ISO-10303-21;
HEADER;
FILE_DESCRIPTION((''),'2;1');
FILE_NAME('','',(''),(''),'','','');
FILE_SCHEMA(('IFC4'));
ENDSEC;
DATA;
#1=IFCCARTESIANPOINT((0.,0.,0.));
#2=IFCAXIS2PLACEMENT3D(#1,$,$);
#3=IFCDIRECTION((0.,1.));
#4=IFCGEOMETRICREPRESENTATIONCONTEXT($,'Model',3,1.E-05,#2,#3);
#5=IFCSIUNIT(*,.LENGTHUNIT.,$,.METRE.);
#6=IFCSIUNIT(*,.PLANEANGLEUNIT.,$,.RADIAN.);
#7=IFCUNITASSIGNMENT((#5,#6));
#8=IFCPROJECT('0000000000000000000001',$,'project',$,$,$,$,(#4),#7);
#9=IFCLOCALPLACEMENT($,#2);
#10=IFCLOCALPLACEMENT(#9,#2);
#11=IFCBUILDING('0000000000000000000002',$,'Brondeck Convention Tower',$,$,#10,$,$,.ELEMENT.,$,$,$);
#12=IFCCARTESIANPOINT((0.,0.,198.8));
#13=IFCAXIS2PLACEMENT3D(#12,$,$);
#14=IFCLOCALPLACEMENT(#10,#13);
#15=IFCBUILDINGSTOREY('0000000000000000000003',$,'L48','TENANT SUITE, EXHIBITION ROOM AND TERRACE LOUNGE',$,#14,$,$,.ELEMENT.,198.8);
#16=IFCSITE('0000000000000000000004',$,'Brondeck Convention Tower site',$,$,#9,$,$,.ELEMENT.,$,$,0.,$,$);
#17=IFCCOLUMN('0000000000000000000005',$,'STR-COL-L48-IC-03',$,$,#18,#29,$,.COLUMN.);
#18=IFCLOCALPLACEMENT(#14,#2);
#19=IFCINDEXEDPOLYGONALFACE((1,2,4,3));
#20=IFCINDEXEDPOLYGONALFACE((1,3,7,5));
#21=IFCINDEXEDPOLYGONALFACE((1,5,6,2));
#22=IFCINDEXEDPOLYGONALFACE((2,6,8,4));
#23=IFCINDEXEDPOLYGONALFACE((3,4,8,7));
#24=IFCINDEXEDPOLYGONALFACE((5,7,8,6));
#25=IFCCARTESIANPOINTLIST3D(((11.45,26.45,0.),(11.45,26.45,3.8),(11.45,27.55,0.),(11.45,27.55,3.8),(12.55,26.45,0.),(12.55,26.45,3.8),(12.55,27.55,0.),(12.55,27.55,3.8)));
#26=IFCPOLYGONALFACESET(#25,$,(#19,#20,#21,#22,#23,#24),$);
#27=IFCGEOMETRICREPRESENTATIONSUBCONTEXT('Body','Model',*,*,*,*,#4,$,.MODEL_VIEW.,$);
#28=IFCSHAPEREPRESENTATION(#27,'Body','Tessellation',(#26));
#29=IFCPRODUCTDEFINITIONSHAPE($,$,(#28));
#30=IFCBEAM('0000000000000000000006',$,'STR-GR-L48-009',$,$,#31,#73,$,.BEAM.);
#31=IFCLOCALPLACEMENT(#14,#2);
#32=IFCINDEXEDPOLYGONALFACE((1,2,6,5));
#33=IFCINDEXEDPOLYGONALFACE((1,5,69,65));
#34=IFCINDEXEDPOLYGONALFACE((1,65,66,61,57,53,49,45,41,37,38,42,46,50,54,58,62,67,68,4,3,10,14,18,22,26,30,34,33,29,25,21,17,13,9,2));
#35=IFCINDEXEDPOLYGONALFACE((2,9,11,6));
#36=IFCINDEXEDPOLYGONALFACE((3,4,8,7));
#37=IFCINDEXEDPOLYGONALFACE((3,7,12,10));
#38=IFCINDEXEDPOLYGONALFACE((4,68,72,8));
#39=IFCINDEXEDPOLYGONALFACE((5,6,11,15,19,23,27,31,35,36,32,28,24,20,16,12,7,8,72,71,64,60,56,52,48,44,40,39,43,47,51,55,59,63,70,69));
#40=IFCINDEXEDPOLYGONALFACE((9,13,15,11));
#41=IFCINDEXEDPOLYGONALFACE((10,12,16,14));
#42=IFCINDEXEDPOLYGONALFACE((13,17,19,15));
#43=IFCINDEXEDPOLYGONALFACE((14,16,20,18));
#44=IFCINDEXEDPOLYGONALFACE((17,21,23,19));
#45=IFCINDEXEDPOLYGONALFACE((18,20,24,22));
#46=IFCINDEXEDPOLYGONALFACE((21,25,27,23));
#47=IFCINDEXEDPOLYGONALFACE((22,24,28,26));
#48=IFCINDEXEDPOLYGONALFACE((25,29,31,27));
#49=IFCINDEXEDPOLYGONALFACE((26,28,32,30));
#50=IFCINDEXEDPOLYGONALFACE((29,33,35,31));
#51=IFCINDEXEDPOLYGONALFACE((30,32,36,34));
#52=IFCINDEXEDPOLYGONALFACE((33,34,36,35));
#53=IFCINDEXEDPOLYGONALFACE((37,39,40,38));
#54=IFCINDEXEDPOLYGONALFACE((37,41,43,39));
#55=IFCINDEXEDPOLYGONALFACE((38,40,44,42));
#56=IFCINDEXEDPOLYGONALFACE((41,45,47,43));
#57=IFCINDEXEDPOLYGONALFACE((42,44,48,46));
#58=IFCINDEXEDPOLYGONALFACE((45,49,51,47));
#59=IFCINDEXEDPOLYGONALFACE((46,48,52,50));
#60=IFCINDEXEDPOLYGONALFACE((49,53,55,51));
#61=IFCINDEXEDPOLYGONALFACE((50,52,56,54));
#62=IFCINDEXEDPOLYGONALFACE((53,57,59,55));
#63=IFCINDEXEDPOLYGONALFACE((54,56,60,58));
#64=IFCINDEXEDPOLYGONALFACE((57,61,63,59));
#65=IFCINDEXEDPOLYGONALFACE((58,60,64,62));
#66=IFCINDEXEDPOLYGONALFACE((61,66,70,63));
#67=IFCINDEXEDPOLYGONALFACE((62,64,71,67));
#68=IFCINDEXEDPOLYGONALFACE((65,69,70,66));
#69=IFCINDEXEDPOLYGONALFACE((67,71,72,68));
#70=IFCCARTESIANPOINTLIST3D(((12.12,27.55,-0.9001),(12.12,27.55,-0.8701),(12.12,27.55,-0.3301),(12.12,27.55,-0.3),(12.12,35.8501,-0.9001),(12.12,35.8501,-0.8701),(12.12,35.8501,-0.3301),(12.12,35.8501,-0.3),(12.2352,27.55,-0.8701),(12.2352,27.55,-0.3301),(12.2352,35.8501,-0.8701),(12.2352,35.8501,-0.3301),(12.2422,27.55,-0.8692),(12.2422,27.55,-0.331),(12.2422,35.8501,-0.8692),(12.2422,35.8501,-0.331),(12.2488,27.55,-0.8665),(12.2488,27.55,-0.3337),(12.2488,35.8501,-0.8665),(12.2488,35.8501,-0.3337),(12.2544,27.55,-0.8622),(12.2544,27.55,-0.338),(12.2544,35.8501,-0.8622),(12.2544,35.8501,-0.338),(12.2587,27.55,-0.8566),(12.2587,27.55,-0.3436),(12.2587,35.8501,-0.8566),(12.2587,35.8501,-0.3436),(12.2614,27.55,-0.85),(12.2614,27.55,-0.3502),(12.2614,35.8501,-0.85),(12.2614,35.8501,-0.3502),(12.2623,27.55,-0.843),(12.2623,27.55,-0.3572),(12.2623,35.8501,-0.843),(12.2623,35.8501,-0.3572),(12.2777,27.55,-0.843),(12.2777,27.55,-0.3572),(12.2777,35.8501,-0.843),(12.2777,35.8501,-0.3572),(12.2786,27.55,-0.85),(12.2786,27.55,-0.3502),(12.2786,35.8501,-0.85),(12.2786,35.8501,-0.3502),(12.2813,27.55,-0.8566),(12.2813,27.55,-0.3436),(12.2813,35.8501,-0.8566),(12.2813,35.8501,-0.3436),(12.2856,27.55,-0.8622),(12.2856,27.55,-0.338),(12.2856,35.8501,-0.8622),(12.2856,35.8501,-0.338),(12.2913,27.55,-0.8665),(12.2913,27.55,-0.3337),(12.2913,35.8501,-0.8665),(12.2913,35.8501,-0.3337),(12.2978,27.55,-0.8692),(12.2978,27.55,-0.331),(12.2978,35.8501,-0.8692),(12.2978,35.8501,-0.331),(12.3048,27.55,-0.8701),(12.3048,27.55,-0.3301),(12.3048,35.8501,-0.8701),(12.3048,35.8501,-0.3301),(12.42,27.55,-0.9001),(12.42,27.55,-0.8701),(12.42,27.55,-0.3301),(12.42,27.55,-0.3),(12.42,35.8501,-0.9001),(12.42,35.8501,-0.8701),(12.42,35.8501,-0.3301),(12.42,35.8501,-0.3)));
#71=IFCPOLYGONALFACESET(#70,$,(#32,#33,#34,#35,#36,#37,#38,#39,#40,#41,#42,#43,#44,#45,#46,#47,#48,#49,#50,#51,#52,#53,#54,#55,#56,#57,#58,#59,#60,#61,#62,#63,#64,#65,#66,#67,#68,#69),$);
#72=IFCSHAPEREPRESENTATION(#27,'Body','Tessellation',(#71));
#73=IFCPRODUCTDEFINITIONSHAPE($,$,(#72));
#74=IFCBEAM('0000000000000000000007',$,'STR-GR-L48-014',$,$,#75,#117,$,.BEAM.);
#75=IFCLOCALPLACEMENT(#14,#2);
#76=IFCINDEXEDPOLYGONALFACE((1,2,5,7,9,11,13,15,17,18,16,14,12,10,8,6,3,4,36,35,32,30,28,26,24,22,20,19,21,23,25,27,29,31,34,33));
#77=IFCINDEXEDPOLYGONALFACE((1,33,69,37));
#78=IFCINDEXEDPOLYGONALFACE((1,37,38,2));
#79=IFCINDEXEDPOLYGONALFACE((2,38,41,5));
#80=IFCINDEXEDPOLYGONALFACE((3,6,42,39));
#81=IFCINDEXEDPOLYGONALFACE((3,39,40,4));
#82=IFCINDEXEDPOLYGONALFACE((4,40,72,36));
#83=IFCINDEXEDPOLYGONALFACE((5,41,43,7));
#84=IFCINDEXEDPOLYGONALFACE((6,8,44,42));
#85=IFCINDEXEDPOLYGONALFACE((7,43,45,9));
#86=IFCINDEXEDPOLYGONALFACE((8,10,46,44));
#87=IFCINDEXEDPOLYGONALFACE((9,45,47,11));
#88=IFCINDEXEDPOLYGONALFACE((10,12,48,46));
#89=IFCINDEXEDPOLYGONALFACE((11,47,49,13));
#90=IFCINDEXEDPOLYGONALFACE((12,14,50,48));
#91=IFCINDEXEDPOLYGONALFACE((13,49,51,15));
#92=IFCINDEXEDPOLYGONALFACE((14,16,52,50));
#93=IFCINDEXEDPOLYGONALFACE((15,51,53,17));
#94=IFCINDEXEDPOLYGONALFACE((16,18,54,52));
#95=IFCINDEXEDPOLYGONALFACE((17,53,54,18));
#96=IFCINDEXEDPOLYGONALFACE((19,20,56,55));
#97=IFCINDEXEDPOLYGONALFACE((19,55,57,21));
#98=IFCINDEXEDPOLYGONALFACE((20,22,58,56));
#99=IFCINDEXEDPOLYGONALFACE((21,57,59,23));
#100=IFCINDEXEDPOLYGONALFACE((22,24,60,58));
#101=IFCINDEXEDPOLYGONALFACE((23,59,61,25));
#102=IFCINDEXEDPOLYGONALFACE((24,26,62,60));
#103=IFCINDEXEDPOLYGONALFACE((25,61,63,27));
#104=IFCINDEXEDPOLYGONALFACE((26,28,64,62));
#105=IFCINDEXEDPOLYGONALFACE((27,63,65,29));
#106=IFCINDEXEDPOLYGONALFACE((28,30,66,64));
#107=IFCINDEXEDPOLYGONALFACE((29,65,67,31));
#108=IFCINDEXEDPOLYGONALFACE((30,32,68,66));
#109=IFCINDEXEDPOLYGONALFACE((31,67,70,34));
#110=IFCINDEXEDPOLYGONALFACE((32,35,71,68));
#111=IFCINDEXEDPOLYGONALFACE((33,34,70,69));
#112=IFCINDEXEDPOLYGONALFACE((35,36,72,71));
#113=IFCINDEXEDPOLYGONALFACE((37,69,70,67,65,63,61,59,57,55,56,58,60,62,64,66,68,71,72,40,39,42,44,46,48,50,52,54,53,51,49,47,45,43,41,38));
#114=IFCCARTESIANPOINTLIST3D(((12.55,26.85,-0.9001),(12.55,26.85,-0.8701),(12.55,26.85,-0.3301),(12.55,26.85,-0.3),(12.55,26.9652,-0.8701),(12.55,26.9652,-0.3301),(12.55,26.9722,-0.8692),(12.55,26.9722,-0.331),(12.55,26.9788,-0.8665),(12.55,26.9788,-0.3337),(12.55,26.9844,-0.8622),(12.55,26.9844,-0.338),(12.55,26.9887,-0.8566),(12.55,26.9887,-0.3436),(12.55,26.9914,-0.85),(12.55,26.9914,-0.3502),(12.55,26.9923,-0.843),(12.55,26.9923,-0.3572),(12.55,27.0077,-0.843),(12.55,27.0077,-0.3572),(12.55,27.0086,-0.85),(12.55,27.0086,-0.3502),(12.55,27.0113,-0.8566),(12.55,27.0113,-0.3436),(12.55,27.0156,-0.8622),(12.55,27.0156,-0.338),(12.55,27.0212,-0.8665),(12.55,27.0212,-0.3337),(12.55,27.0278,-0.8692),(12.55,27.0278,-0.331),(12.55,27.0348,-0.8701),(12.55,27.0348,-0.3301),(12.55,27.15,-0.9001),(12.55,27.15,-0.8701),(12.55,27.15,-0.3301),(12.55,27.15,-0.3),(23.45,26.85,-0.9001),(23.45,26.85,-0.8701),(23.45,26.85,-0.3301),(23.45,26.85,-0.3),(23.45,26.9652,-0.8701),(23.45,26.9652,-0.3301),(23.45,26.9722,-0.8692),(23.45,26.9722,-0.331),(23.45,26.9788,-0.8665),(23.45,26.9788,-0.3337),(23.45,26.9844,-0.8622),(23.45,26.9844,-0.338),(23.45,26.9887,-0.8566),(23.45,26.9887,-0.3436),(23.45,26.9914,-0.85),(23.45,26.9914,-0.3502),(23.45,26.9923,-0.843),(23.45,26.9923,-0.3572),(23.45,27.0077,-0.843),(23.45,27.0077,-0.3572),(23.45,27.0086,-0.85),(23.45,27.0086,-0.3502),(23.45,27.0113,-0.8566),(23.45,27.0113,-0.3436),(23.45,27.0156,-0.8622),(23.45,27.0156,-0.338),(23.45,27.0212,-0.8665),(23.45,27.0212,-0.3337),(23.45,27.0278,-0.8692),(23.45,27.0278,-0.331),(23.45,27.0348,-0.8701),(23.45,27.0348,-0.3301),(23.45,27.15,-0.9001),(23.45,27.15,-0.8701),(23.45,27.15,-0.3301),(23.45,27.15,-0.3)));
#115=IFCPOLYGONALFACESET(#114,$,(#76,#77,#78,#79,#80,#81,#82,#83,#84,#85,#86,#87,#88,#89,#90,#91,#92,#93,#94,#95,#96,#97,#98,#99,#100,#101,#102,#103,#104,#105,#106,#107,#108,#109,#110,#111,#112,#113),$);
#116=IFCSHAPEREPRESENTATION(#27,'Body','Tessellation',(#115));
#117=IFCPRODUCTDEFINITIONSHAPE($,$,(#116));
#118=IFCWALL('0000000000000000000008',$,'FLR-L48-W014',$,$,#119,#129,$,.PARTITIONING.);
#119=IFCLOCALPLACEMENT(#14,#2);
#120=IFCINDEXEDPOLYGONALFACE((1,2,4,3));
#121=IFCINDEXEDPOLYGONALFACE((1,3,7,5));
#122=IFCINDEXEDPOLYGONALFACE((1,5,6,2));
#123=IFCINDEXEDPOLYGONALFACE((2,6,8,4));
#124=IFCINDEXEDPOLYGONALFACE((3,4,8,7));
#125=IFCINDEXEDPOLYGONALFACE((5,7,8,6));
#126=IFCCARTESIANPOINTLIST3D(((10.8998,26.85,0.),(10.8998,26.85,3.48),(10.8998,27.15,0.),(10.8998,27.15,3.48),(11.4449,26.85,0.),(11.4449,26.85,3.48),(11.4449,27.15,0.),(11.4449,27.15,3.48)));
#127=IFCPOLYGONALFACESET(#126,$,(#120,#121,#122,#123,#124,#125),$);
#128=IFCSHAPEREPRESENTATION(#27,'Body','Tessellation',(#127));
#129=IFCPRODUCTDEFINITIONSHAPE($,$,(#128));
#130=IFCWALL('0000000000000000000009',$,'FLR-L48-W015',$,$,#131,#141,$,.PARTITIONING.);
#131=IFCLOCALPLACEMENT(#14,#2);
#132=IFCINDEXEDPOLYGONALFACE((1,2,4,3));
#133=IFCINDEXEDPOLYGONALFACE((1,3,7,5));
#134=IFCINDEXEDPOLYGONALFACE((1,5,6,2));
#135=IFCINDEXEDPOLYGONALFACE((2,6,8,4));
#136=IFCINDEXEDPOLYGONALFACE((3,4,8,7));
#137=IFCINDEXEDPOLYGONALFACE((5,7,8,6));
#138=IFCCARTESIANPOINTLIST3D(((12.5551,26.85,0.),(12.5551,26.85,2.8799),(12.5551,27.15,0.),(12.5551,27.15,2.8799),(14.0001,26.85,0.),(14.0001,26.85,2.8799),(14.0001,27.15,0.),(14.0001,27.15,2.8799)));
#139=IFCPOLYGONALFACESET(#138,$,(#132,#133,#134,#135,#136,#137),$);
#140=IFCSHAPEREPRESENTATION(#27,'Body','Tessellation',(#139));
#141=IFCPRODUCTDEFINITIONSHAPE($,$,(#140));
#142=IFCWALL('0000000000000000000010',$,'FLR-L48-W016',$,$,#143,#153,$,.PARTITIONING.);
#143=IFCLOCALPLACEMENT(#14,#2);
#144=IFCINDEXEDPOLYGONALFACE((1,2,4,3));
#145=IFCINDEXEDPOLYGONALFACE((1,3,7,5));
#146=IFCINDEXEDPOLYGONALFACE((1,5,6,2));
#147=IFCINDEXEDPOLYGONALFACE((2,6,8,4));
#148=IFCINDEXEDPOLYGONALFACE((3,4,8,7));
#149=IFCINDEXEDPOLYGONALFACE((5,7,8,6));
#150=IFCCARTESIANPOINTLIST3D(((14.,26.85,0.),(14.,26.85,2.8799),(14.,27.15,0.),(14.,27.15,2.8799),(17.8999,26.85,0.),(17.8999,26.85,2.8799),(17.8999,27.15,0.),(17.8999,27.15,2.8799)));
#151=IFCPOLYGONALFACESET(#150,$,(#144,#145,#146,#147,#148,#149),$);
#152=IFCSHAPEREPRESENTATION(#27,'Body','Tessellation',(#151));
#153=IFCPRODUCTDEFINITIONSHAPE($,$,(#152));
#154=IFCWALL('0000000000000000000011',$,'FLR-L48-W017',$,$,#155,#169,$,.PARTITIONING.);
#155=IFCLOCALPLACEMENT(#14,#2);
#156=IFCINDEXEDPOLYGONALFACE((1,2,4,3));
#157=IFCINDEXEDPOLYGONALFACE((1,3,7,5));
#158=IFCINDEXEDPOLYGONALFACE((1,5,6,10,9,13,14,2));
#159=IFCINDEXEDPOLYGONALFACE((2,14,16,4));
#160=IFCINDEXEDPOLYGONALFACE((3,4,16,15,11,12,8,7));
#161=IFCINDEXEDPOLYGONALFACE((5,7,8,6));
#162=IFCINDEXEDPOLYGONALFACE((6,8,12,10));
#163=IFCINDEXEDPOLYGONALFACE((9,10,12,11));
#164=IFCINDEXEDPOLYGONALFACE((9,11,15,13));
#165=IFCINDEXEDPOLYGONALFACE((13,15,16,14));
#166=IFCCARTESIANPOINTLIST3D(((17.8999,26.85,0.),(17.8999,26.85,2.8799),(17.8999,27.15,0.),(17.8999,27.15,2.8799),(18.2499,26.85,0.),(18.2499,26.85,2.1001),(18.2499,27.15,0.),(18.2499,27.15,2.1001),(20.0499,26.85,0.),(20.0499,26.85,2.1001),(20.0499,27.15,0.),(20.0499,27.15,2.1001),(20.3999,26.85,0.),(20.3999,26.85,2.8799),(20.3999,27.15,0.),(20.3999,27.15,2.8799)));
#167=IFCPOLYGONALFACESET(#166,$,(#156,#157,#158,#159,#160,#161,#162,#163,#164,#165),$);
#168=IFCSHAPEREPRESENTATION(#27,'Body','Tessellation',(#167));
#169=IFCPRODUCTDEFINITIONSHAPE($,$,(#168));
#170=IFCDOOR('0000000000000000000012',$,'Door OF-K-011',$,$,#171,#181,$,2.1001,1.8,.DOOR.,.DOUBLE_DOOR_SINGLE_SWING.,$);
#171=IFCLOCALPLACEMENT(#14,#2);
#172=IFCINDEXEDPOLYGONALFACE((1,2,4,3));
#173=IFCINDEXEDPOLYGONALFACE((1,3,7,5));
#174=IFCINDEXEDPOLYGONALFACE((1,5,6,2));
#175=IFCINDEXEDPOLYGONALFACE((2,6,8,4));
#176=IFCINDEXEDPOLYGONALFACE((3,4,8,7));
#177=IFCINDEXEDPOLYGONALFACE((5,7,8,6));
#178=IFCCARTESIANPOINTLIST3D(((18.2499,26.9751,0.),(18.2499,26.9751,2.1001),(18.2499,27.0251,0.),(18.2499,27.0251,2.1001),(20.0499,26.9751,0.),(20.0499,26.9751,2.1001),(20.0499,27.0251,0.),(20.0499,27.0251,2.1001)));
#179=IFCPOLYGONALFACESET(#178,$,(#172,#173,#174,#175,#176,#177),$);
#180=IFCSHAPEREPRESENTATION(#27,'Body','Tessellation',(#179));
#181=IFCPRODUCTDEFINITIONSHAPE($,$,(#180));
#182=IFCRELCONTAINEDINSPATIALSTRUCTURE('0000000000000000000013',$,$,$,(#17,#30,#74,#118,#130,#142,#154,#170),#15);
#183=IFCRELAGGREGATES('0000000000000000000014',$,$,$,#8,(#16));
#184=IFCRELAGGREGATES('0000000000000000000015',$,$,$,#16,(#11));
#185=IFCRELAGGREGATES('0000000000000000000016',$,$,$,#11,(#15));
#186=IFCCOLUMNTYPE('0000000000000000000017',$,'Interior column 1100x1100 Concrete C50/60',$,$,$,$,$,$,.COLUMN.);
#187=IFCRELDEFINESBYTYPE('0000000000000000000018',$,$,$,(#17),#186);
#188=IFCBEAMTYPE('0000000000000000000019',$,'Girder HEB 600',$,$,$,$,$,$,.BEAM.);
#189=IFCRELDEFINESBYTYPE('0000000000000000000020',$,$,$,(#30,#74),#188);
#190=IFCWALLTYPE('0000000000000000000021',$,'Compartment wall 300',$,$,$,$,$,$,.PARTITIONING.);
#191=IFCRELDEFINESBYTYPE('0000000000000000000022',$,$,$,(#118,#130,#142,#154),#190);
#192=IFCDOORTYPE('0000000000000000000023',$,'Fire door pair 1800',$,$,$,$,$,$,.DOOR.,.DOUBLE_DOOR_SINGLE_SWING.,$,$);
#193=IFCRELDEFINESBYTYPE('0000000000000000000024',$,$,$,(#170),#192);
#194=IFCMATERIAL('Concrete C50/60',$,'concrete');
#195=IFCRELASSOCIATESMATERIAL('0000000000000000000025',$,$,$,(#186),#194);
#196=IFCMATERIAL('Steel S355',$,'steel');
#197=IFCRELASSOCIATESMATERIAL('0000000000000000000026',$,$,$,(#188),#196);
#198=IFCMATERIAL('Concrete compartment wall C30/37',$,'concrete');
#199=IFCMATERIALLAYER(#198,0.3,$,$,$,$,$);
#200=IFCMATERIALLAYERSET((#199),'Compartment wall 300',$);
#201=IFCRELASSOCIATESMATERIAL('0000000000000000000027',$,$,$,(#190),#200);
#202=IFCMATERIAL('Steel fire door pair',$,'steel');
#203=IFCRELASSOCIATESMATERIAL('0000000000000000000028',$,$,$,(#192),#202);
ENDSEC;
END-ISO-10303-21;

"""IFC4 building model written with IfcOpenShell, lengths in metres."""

from ifc_helpers import new_model, si_unit, direction, frame, frame_2d, origin, origin_2d, place, context, subcontext, project, spatial, rectangle, i_section, extrude, material, layer, layer_set, material_profile, profile_set, type_object, element, fill, save


model = new_model("IFC4")

# Units and contexts
model_context = context("Model", 3, precision=1e-05, world=origin(), true_north=direction((0.0, 1.0)))
body_context = subcontext(model_context, "Body", "Model", "MODEL_VIEW")
ifc_project = project(units=[si_unit("LENGTHUNIT", "METRE"), si_unit("PLANEANGLEUNIT", "RADIAN")], contexts=[model_context])

# Site, building, storey
site_placement = place(None, origin())
site = spatial("IfcSite", under=ifc_project, at=site_placement, Name="Brondeck Convention Tower site", CompositionType="ELEMENT", RefElevation=0.0)
building_placement = place(site_placement, origin())
building = spatial("IfcBuilding", under=site, at=building_placement, Name="Brondeck Convention Tower", CompositionType="ELEMENT")
storey_placement = place(building_placement, frame((0.0, 0.0, 198.8)))
storey = spatial("IfcBuildingStorey", under=building, at=storey_placement, Name="L48", Description="TENANT SUITE, EXHIBITION ROOM AND TERRACE LOUNGE", CompositionType="ELEMENT", Elevation=198.8)

# Column
ifc_material_1 = material(Name="Concrete C50/60", Category="concrete")
ifc_material_profile_1 = material_profile(ifc_material_1, rectangle(XDim=1.1001, YDim=1.1001, at=origin_2d()), Name="Interior column 1100x1100 Concrete C50/60")
ifc_profile_set_1 = profile_set([ifc_material_profile_1], Name="Concrete C50/60")
column_type = type_object("IfcColumnType", Name="Interior column 1100x1100 Concrete C50/60", PredefinedType="COLUMN", material=ifc_profile_set_1)
column_placement = place(storey_placement, frame((12.0, 27.0, 0.0), z_axis=(0.0, 0.0, 1.0), x_axis=(1.0, 0.0, 0.0)))
element("IfcColumn", 1, at=column_placement, inside=storey, type_object=column_type, Name="STR-COL-L48-IC-03", PredefinedType="COLUMN", context=body_context, shape_type="SweptSolid", body=[
    extrude(rectangle(XDim=1.1001, YDim=1.1001, at=origin_2d()), origin(), (0.0, 0.0, 1.0), 3.8),
])

# Beams
ifc_material_2 = material(Name="Steel S355", Category="steel")
ifc_material_profile_2 = material_profile(ifc_material_2, i_section(OverallWidth=0.3, OverallDepth=0.6001, WebThickness=0.0154, FlangeThickness=0.03, FilletRadius=0.0271, at=origin_2d()), Name="HEB 600")
ifc_profile_set_2 = profile_set([ifc_material_profile_2], Name="Steel S355")
beam_type = type_object("IfcBeamType", Name="Girder HEB 600", PredefinedType="BEAM", material=ifc_profile_set_2)
beam_1_placement = place(storey_placement, frame((12.27, 35.8501, -0.6001), z_axis=(0.0, -1.0, 0.0), x_axis=(1.0, 0.0, 0.0)))
element("IfcBeam", 2, at=beam_1_placement, inside=storey, type_object=beam_type, Name="STR-GR-L48-009", PredefinedType="BEAM", context=body_context, shape_type="SweptSolid", body=[
    extrude(i_section(OverallWidth=0.3, OverallDepth=0.6001, WebThickness=0.0154, FlangeThickness=0.03, FilletRadius=0.0271, at=origin_2d()), origin(), (0.0, 0.0, 1.0), 8.3),
])
beam_2_placement = place(storey_placement, frame((12.55, 27.0, -0.6001), z_axis=(1.0, 0.0, 0.0), x_axis=(0.0, 1.0, 0.0)))
element("IfcBeam", 3, at=beam_2_placement, inside=storey, type_object=beam_type, Name="STR-GR-L48-014", PredefinedType="BEAM", context=body_context, shape_type="SweptSolid", body=[
    extrude(i_section(OverallWidth=0.3, OverallDepth=0.6001, WebThickness=0.0154, FlangeThickness=0.03, FilletRadius=0.0271, at=origin_2d()), origin(), (0.0, 0.0, 1.0), 10.8999),
])

# Walls
ifc_material_3 = material(Name="Concrete compartment wall C30/37", Category="concrete")
ifc_layer_1 = layer(ifc_material_3, 0.3)
ifc_layer_set_1 = layer_set([ifc_layer_1], Name="Compartment wall 300")
wall_type_1 = type_object("IfcWallType", Name="Compartment wall 300", PredefinedType="PARTITIONING", material=ifc_layer_set_1)
wall_1_placement = place(storey_placement, frame((10.8999, 27.0, 0.0), z_axis=(0.0, 0.0, 1.0), x_axis=(1.0, 0.0, 0.0)))
element("IfcWall", 4, at=wall_1_placement, inside=storey, type_object=wall_type_1, Name="FLR-L48-W014", PredefinedType="PARTITIONING", context=body_context, shape_type="SweptSolid", body=[
    extrude(rectangle(XDim=0.5452, YDim=0.3, at=frame_2d((0.2725, 0.0))), origin(), (0.0, 0.0, 1.0), 3.48),
])
wall_2_placement = place(storey_placement, frame((12.5549, 27.0, 0.0), z_axis=(0.0, 0.0, 1.0), x_axis=(1.0, 0.0, 0.0)))
element("IfcWall", 5, at=wall_2_placement, inside=storey, type_object=wall_type_1, Name="FLR-L48-W015", PredefinedType="PARTITIONING", context=body_context, shape_type="SweptSolid", body=[
    extrude(rectangle(XDim=1.4451, YDim=0.3, at=frame_2d((0.7227, 0.0))), origin(), (0.0, 0.0, 1.0), 2.8799),
])
wall_3_placement = place(storey_placement, frame((14.0, 27.0, 0.0), z_axis=(0.0, 0.0, 1.0), x_axis=(1.0, 0.0, 0.0)))
element("IfcWall", 6, at=wall_3_placement, inside=storey, type_object=wall_type_1, Name="FLR-L48-W016", PredefinedType="PARTITIONING", context=body_context, shape_type="SweptSolid", body=[
    extrude(rectangle(XDim=3.8999, YDim=0.3, at=frame_2d((1.95, 0.0))), origin(), (0.0, 0.0, 1.0), 2.8799),
])

# Wall, opening, door
wall_4_placement = place(storey_placement, frame((20.3999, 27.0, 0.0), z_axis=(0.0, 0.0, 1.0), x_axis=(-1.0, 0.0, 0.0)))
wall_4 = element("IfcWall", 7, at=wall_4_placement, inside=storey, type_object=wall_type_1, Name="FLR-L48-W017", PredefinedType="PARTITIONING", context=body_context, shape_type="SweptSolid", body=[
    extrude(rectangle(XDim=2.5, YDim=0.3, at=frame_2d((1.25, 0.0))), origin(), (0.0, 0.0, 1.0), 2.8799),
])
opening_1_placement = place(wall_4_placement, frame((0.3501, 0.0, 0.0)))
opening_1 = element("IfcOpeningElement", 8, at=opening_1_placement, cuts=wall_4, PredefinedType="OPENING", context=body_context, shape_type="SweptSolid", body=[
    extrude(rectangle(XDim=1.8, YDim=2.1001, at=frame_2d((0.8999, 1.05))), frame((0.0, 0.1599, 0.0), z_axis=(0.0, -1.0, 0.0), x_axis=(1.0, 0.0, 0.0)), (0.0, 0.0, 1.0), 0.3201),
])
ifc_material_4 = material(Name="Steel fire door pair", Category="steel")
door_type_1 = type_object("IfcDoorType", Name="Fire door pair 1800", OperationType="DOUBLE_DOOR_SINGLE_SWING", PredefinedType="DOOR", material=ifc_material_4)
door_1_placement = place(opening_1_placement, origin())
door_1 = element("IfcDoor", 9, at=door_1_placement, inside=storey, type_object=door_type_1, Name="Door OF-K-011", OperationType="DOUBLE_DOOR_SINGLE_SWING", OverallHeight=2.1001, OverallWidth=1.8, PredefinedType="DOOR", context=body_context, shape_type="SweptSolid", body=[
    extrude(rectangle(XDim=1.8, YDim=2.1001, at=frame_2d((0.8999, 1.05))), frame((0.0, 0.0249, 0.0), z_axis=(0.0, -1.0, 0.0), x_axis=(1.0, 0.0, 0.0)), (0.0, 0.0, 1.0), 0.05),
])
fill(opening_1, door_1)

save(model, "model.ifc")
